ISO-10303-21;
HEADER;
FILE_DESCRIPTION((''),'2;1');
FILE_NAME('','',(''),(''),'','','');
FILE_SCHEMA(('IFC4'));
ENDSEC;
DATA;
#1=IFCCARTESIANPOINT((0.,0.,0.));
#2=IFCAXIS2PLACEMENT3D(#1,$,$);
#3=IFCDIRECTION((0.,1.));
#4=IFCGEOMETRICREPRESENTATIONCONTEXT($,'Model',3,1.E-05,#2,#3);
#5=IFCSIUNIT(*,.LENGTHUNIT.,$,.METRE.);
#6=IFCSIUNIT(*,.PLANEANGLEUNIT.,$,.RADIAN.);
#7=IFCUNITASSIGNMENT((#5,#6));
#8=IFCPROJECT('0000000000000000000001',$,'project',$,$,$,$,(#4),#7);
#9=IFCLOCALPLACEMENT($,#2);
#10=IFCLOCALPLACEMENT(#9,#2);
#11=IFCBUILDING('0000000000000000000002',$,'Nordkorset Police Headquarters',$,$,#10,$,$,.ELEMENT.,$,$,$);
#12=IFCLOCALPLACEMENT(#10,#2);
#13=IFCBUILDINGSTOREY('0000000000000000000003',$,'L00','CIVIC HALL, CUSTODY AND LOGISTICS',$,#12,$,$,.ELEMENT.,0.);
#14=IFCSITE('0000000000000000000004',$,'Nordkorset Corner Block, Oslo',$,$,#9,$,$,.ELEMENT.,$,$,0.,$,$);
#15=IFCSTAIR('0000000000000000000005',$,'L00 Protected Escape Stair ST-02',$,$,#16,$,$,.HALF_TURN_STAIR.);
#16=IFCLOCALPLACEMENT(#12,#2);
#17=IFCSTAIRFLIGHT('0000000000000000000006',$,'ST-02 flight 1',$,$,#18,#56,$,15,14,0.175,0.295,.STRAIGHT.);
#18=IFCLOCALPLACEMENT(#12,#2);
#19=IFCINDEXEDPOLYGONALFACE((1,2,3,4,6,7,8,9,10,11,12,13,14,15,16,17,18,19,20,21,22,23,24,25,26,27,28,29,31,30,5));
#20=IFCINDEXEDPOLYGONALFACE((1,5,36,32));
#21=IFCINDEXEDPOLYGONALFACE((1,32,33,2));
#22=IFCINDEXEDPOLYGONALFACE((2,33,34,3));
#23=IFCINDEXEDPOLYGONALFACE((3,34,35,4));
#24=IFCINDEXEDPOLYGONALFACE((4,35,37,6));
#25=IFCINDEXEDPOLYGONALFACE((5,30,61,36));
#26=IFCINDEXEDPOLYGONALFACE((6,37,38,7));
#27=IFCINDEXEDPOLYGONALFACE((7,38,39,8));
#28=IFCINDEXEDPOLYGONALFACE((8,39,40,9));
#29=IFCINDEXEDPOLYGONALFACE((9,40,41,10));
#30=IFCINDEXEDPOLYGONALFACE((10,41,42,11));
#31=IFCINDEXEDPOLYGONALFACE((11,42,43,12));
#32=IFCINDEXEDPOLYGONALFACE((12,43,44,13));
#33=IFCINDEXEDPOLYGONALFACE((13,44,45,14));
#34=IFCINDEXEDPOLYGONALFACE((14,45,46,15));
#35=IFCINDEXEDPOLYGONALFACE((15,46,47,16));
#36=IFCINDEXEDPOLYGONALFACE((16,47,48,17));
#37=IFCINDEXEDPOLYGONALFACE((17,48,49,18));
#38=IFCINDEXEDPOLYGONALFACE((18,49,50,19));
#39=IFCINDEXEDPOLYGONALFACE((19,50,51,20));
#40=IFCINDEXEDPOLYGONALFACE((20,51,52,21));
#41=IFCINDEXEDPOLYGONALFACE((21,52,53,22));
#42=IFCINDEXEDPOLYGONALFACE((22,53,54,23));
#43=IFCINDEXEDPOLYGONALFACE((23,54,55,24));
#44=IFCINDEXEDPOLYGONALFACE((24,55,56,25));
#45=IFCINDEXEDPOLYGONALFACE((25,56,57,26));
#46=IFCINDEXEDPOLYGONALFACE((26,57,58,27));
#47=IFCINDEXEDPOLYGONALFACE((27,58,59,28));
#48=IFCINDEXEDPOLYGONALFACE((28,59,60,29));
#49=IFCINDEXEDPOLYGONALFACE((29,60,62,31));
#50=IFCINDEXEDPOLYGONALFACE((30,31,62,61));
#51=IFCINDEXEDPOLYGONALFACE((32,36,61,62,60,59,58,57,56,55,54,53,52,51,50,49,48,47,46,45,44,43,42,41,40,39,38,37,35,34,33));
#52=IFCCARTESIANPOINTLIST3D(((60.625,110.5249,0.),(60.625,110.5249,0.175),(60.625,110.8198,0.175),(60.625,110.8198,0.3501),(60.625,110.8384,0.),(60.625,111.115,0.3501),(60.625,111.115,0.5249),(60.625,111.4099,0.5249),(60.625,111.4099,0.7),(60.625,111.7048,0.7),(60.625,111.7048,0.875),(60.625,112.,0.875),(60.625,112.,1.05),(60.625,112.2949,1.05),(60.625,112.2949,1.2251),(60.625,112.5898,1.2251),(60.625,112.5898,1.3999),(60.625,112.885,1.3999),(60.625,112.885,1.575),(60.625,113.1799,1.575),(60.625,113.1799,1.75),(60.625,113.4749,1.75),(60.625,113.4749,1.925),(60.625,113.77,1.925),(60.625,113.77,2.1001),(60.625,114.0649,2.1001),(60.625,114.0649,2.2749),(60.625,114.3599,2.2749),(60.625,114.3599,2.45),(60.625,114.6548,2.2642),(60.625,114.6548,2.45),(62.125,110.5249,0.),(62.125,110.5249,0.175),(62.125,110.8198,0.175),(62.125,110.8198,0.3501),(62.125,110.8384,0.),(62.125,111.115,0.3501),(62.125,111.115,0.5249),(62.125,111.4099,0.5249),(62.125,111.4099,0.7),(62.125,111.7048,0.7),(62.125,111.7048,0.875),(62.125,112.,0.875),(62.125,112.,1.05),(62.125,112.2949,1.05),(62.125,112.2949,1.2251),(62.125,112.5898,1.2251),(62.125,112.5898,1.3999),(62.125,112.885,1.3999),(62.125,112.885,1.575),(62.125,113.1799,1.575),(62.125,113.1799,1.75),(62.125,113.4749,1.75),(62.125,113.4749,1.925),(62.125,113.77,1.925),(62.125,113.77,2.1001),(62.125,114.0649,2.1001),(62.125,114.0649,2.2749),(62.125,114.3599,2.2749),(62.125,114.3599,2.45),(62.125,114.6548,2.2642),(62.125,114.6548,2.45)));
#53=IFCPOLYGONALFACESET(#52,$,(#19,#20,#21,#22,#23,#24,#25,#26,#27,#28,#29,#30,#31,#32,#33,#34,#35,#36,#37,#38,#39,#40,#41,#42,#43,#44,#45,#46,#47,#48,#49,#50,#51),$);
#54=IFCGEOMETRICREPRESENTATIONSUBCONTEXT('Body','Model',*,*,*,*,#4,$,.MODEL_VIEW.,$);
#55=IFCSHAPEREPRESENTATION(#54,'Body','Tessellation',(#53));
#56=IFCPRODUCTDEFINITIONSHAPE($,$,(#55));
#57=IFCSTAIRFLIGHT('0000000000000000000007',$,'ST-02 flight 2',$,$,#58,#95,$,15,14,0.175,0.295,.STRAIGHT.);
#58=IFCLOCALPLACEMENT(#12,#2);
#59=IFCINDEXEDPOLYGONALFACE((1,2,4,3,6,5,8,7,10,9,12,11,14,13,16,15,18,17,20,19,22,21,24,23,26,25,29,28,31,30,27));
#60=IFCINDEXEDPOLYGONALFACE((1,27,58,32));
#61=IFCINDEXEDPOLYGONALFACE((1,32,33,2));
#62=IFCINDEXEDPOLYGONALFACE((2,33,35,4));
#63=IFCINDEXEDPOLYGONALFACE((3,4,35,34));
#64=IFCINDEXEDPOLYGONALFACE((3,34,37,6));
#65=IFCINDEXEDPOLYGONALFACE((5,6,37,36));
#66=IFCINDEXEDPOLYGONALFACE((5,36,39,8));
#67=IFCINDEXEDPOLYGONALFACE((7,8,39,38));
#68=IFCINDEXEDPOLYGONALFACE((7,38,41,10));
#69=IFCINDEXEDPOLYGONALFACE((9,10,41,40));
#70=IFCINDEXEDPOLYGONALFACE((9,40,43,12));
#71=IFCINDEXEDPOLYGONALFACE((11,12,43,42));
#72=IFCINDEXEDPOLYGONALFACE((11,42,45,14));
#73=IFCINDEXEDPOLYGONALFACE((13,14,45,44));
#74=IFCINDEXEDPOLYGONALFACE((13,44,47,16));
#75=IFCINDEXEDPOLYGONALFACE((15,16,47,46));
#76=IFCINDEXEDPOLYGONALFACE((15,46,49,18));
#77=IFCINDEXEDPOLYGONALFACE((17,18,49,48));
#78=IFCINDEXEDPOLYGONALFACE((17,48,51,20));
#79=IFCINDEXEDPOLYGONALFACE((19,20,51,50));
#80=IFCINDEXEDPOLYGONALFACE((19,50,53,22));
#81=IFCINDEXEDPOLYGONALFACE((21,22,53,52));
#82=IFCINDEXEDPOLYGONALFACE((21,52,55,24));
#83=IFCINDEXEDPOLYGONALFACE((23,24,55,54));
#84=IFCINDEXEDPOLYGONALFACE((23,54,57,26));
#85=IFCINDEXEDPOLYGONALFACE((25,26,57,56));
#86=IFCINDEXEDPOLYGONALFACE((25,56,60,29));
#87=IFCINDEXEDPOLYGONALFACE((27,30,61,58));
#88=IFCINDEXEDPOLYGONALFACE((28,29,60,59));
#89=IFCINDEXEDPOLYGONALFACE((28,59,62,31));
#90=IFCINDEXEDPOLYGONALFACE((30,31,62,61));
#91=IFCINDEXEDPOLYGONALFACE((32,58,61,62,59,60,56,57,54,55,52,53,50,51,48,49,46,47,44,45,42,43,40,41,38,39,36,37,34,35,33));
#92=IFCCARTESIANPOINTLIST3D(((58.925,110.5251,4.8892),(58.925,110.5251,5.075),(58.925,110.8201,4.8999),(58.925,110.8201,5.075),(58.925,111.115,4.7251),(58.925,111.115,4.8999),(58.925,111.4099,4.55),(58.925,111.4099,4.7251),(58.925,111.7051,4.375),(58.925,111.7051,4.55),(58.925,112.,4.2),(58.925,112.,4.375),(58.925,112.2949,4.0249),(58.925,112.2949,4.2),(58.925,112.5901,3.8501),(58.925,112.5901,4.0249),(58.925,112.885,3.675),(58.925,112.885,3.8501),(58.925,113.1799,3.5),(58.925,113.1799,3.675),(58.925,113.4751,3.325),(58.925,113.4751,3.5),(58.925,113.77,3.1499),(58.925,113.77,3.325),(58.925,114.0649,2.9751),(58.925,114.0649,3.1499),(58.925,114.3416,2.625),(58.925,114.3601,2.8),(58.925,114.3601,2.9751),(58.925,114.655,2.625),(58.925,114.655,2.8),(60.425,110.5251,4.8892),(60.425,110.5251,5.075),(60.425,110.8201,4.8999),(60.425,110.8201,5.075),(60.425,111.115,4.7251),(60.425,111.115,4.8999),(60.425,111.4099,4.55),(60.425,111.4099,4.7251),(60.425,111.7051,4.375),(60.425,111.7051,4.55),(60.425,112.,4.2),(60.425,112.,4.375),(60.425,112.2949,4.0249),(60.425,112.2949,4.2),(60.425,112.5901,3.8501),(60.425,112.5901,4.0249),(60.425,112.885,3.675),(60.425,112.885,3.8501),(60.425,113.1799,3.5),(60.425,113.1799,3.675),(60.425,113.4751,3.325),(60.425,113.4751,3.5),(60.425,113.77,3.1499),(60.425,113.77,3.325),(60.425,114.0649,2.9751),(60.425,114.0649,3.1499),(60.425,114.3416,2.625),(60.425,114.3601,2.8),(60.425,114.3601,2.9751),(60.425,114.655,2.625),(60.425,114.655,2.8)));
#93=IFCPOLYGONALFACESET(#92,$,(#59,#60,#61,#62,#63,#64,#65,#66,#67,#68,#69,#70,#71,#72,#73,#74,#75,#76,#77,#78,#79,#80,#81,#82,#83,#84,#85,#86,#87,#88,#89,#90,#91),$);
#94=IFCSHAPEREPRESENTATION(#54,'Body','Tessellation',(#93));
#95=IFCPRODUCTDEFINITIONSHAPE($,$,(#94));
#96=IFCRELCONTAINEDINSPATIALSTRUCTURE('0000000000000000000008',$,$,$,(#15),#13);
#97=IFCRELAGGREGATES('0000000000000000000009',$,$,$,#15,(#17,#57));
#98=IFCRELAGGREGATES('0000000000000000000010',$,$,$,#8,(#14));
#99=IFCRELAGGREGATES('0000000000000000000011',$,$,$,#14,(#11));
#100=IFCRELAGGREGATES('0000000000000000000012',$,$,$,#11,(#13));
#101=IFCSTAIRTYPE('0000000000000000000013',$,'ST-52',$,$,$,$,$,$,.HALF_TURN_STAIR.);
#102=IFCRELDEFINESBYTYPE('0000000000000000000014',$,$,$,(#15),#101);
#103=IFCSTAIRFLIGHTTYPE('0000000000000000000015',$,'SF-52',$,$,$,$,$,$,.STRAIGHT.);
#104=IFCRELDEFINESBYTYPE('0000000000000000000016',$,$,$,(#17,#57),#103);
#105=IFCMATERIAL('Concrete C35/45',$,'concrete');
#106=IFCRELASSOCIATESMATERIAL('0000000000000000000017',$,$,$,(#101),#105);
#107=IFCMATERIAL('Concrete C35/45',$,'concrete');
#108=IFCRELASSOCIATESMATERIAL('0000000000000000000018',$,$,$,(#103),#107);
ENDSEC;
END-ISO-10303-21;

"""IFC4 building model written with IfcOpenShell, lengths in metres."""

from ifc_helpers import new_model, si_unit, direction, frame, origin, place, context, subcontext, project, spatial, polyline, outline, extrude, material, type_object, element, aggregate, save


model = new_model("IFC4")

# Units and contexts
model_context = context("Model", 3, precision=1e-05, world=origin(), true_north=direction((0.0, 1.0)))
body_context = subcontext(model_context, "Body", "Model", "MODEL_VIEW")
ifc_project = project(units=[si_unit("LENGTHUNIT", "METRE"), si_unit("PLANEANGLEUNIT", "RADIAN")], contexts=[model_context])

# Site, building, storey
site_placement = place(None, origin())
site = spatial("IfcSite", under=ifc_project, at=site_placement, Name="Nordkorset Corner Block, Oslo", CompositionType="ELEMENT", RefElevation=0.0)
building_placement = place(site_placement, origin())
building = spatial("IfcBuilding", under=site, at=building_placement, Name="Nordkorset Police Headquarters", CompositionType="ELEMENT")
storey_placement = place(building_placement, origin())
storey = spatial("IfcBuildingStorey", under=building, at=storey_placement, Name="L00", Description="CIVIC HALL, CUSTODY AND LOGISTICS", CompositionType="ELEMENT", Elevation=0.0)

# Stair, stair flights
ifc_material_1 = material(Name="Concrete C35/45", Category="concrete")
stair_type = type_object("IfcStairType", Name="ST-52", PredefinedType="HALF_TURN_STAIR", material=ifc_material_1)
stair_placement = place(storey_placement, origin())
stair = element("IfcStair", 1, at=stair_placement, inside=storey, type_object=stair_type, Name="L00 Protected Escape Stair ST-02", PredefinedType="HALF_TURN_STAIR")
ifc_material_2 = material(Name="Concrete C35/45", Category="concrete")
stair_flight_type = type_object("IfcStairFlightType", Name="SF-52", PredefinedType="STRAIGHT", material=ifc_material_2)
stair_flight_1_placement = place(storey_placement, frame((61.375, 110.5249, 0.0), z_axis=(0.0, 0.0, 1.0), x_axis=(0.0, 1.0, 0.0)))
stair_flight_1 = element("IfcStairFlight", 2, at=stair_flight_1_placement, type_object=stair_flight_type, Name="ST-02 flight 1", NumberOfRisers=15, NumberOfTreads=14, PredefinedType="STRAIGHT", RiserHeight=0.175, TreadLength=0.295, context=body_context, shape_type="SweptSolid", body=[
    extrude(outline(polyline([(0.0, 0.0), (0.0, 0.175), (0.2949, 0.175), (0.2949, 0.3501), (0.5901, 0.3501), (0.5901, 0.5249), (0.885, 0.5249), (0.885, 0.7), (1.1799, 0.7), (1.1799, 0.875), (1.4751, 0.875), (1.4751, 1.05), (1.77, 1.05), (1.77, 1.2251), (2.0649, 1.2251), (2.0649, 1.3999), (2.3601, 1.3999), (2.3601, 1.575), (2.655, 1.575), (2.655, 1.75), (2.95, 1.75), (2.95, 1.925), (3.2451, 1.925), (3.2451, 2.1001), (3.54, 2.1001), (3.54, 2.2749), (3.835, 2.2749), (3.835, 2.45), (4.1299, 2.45), (4.1299, 2.625), (4.1299, 2.2642), (0.3135, 0.0), (0.0, 0.0)])), frame((0.0, 0.75, 0.0), z_axis=(0.0, -1.0, 0.0), x_axis=(1.0, 0.0, 0.0)), (0.0, 0.0, 1.0), 1.5),
])
stair_flight_2_placement = place(storey_placement, frame((59.675, 114.655, 2.625), z_axis=(0.0, 0.0, 1.0), x_axis=(0.0, -1.0, 0.0)))
stair_flight_2 = element("IfcStairFlight", 3, at=stair_flight_2_placement, type_object=stair_flight_type, Name="ST-02 flight 2", NumberOfRisers=15, NumberOfTreads=14, PredefinedType="STRAIGHT", RiserHeight=0.175, TreadLength=0.295, context=body_context, shape_type="SweptSolid", body=[
    extrude(outline(polyline([(0.0, 0.0), (0.0, 0.175), (0.2949, 0.175), (0.2949, 0.3501), (0.5901, 0.3501), (0.5901, 0.5249), (0.885, 0.5249), (0.885, 0.7), (1.1799, 0.7), (1.1799, 0.875), (1.4751, 0.875), (1.4751, 1.05), (1.77, 1.05), (1.77, 1.2251), (2.0649, 1.2251), (2.0649, 1.3999), (2.3601, 1.3999), (2.3601, 1.575), (2.655, 1.575), (2.655, 1.75), (2.95, 1.75), (2.95, 1.925), (3.2451, 1.925), (3.2451, 2.1001), (3.54, 2.1001), (3.54, 2.2749), (3.835, 2.2749), (3.835, 2.45), (4.1299, 2.45), (4.1299, 2.625), (4.1299, 2.2642), (0.3135, 0.0), (0.0, 0.0)])), frame((0.0, 0.75, 0.0), z_axis=(0.0, -1.0, 0.0), x_axis=(1.0, 0.0, 0.0)), (0.0, 0.0, 1.0), 1.5),
])
aggregate(stair, [stair_flight_1, stair_flight_2])

save(model, "model.ifc")
